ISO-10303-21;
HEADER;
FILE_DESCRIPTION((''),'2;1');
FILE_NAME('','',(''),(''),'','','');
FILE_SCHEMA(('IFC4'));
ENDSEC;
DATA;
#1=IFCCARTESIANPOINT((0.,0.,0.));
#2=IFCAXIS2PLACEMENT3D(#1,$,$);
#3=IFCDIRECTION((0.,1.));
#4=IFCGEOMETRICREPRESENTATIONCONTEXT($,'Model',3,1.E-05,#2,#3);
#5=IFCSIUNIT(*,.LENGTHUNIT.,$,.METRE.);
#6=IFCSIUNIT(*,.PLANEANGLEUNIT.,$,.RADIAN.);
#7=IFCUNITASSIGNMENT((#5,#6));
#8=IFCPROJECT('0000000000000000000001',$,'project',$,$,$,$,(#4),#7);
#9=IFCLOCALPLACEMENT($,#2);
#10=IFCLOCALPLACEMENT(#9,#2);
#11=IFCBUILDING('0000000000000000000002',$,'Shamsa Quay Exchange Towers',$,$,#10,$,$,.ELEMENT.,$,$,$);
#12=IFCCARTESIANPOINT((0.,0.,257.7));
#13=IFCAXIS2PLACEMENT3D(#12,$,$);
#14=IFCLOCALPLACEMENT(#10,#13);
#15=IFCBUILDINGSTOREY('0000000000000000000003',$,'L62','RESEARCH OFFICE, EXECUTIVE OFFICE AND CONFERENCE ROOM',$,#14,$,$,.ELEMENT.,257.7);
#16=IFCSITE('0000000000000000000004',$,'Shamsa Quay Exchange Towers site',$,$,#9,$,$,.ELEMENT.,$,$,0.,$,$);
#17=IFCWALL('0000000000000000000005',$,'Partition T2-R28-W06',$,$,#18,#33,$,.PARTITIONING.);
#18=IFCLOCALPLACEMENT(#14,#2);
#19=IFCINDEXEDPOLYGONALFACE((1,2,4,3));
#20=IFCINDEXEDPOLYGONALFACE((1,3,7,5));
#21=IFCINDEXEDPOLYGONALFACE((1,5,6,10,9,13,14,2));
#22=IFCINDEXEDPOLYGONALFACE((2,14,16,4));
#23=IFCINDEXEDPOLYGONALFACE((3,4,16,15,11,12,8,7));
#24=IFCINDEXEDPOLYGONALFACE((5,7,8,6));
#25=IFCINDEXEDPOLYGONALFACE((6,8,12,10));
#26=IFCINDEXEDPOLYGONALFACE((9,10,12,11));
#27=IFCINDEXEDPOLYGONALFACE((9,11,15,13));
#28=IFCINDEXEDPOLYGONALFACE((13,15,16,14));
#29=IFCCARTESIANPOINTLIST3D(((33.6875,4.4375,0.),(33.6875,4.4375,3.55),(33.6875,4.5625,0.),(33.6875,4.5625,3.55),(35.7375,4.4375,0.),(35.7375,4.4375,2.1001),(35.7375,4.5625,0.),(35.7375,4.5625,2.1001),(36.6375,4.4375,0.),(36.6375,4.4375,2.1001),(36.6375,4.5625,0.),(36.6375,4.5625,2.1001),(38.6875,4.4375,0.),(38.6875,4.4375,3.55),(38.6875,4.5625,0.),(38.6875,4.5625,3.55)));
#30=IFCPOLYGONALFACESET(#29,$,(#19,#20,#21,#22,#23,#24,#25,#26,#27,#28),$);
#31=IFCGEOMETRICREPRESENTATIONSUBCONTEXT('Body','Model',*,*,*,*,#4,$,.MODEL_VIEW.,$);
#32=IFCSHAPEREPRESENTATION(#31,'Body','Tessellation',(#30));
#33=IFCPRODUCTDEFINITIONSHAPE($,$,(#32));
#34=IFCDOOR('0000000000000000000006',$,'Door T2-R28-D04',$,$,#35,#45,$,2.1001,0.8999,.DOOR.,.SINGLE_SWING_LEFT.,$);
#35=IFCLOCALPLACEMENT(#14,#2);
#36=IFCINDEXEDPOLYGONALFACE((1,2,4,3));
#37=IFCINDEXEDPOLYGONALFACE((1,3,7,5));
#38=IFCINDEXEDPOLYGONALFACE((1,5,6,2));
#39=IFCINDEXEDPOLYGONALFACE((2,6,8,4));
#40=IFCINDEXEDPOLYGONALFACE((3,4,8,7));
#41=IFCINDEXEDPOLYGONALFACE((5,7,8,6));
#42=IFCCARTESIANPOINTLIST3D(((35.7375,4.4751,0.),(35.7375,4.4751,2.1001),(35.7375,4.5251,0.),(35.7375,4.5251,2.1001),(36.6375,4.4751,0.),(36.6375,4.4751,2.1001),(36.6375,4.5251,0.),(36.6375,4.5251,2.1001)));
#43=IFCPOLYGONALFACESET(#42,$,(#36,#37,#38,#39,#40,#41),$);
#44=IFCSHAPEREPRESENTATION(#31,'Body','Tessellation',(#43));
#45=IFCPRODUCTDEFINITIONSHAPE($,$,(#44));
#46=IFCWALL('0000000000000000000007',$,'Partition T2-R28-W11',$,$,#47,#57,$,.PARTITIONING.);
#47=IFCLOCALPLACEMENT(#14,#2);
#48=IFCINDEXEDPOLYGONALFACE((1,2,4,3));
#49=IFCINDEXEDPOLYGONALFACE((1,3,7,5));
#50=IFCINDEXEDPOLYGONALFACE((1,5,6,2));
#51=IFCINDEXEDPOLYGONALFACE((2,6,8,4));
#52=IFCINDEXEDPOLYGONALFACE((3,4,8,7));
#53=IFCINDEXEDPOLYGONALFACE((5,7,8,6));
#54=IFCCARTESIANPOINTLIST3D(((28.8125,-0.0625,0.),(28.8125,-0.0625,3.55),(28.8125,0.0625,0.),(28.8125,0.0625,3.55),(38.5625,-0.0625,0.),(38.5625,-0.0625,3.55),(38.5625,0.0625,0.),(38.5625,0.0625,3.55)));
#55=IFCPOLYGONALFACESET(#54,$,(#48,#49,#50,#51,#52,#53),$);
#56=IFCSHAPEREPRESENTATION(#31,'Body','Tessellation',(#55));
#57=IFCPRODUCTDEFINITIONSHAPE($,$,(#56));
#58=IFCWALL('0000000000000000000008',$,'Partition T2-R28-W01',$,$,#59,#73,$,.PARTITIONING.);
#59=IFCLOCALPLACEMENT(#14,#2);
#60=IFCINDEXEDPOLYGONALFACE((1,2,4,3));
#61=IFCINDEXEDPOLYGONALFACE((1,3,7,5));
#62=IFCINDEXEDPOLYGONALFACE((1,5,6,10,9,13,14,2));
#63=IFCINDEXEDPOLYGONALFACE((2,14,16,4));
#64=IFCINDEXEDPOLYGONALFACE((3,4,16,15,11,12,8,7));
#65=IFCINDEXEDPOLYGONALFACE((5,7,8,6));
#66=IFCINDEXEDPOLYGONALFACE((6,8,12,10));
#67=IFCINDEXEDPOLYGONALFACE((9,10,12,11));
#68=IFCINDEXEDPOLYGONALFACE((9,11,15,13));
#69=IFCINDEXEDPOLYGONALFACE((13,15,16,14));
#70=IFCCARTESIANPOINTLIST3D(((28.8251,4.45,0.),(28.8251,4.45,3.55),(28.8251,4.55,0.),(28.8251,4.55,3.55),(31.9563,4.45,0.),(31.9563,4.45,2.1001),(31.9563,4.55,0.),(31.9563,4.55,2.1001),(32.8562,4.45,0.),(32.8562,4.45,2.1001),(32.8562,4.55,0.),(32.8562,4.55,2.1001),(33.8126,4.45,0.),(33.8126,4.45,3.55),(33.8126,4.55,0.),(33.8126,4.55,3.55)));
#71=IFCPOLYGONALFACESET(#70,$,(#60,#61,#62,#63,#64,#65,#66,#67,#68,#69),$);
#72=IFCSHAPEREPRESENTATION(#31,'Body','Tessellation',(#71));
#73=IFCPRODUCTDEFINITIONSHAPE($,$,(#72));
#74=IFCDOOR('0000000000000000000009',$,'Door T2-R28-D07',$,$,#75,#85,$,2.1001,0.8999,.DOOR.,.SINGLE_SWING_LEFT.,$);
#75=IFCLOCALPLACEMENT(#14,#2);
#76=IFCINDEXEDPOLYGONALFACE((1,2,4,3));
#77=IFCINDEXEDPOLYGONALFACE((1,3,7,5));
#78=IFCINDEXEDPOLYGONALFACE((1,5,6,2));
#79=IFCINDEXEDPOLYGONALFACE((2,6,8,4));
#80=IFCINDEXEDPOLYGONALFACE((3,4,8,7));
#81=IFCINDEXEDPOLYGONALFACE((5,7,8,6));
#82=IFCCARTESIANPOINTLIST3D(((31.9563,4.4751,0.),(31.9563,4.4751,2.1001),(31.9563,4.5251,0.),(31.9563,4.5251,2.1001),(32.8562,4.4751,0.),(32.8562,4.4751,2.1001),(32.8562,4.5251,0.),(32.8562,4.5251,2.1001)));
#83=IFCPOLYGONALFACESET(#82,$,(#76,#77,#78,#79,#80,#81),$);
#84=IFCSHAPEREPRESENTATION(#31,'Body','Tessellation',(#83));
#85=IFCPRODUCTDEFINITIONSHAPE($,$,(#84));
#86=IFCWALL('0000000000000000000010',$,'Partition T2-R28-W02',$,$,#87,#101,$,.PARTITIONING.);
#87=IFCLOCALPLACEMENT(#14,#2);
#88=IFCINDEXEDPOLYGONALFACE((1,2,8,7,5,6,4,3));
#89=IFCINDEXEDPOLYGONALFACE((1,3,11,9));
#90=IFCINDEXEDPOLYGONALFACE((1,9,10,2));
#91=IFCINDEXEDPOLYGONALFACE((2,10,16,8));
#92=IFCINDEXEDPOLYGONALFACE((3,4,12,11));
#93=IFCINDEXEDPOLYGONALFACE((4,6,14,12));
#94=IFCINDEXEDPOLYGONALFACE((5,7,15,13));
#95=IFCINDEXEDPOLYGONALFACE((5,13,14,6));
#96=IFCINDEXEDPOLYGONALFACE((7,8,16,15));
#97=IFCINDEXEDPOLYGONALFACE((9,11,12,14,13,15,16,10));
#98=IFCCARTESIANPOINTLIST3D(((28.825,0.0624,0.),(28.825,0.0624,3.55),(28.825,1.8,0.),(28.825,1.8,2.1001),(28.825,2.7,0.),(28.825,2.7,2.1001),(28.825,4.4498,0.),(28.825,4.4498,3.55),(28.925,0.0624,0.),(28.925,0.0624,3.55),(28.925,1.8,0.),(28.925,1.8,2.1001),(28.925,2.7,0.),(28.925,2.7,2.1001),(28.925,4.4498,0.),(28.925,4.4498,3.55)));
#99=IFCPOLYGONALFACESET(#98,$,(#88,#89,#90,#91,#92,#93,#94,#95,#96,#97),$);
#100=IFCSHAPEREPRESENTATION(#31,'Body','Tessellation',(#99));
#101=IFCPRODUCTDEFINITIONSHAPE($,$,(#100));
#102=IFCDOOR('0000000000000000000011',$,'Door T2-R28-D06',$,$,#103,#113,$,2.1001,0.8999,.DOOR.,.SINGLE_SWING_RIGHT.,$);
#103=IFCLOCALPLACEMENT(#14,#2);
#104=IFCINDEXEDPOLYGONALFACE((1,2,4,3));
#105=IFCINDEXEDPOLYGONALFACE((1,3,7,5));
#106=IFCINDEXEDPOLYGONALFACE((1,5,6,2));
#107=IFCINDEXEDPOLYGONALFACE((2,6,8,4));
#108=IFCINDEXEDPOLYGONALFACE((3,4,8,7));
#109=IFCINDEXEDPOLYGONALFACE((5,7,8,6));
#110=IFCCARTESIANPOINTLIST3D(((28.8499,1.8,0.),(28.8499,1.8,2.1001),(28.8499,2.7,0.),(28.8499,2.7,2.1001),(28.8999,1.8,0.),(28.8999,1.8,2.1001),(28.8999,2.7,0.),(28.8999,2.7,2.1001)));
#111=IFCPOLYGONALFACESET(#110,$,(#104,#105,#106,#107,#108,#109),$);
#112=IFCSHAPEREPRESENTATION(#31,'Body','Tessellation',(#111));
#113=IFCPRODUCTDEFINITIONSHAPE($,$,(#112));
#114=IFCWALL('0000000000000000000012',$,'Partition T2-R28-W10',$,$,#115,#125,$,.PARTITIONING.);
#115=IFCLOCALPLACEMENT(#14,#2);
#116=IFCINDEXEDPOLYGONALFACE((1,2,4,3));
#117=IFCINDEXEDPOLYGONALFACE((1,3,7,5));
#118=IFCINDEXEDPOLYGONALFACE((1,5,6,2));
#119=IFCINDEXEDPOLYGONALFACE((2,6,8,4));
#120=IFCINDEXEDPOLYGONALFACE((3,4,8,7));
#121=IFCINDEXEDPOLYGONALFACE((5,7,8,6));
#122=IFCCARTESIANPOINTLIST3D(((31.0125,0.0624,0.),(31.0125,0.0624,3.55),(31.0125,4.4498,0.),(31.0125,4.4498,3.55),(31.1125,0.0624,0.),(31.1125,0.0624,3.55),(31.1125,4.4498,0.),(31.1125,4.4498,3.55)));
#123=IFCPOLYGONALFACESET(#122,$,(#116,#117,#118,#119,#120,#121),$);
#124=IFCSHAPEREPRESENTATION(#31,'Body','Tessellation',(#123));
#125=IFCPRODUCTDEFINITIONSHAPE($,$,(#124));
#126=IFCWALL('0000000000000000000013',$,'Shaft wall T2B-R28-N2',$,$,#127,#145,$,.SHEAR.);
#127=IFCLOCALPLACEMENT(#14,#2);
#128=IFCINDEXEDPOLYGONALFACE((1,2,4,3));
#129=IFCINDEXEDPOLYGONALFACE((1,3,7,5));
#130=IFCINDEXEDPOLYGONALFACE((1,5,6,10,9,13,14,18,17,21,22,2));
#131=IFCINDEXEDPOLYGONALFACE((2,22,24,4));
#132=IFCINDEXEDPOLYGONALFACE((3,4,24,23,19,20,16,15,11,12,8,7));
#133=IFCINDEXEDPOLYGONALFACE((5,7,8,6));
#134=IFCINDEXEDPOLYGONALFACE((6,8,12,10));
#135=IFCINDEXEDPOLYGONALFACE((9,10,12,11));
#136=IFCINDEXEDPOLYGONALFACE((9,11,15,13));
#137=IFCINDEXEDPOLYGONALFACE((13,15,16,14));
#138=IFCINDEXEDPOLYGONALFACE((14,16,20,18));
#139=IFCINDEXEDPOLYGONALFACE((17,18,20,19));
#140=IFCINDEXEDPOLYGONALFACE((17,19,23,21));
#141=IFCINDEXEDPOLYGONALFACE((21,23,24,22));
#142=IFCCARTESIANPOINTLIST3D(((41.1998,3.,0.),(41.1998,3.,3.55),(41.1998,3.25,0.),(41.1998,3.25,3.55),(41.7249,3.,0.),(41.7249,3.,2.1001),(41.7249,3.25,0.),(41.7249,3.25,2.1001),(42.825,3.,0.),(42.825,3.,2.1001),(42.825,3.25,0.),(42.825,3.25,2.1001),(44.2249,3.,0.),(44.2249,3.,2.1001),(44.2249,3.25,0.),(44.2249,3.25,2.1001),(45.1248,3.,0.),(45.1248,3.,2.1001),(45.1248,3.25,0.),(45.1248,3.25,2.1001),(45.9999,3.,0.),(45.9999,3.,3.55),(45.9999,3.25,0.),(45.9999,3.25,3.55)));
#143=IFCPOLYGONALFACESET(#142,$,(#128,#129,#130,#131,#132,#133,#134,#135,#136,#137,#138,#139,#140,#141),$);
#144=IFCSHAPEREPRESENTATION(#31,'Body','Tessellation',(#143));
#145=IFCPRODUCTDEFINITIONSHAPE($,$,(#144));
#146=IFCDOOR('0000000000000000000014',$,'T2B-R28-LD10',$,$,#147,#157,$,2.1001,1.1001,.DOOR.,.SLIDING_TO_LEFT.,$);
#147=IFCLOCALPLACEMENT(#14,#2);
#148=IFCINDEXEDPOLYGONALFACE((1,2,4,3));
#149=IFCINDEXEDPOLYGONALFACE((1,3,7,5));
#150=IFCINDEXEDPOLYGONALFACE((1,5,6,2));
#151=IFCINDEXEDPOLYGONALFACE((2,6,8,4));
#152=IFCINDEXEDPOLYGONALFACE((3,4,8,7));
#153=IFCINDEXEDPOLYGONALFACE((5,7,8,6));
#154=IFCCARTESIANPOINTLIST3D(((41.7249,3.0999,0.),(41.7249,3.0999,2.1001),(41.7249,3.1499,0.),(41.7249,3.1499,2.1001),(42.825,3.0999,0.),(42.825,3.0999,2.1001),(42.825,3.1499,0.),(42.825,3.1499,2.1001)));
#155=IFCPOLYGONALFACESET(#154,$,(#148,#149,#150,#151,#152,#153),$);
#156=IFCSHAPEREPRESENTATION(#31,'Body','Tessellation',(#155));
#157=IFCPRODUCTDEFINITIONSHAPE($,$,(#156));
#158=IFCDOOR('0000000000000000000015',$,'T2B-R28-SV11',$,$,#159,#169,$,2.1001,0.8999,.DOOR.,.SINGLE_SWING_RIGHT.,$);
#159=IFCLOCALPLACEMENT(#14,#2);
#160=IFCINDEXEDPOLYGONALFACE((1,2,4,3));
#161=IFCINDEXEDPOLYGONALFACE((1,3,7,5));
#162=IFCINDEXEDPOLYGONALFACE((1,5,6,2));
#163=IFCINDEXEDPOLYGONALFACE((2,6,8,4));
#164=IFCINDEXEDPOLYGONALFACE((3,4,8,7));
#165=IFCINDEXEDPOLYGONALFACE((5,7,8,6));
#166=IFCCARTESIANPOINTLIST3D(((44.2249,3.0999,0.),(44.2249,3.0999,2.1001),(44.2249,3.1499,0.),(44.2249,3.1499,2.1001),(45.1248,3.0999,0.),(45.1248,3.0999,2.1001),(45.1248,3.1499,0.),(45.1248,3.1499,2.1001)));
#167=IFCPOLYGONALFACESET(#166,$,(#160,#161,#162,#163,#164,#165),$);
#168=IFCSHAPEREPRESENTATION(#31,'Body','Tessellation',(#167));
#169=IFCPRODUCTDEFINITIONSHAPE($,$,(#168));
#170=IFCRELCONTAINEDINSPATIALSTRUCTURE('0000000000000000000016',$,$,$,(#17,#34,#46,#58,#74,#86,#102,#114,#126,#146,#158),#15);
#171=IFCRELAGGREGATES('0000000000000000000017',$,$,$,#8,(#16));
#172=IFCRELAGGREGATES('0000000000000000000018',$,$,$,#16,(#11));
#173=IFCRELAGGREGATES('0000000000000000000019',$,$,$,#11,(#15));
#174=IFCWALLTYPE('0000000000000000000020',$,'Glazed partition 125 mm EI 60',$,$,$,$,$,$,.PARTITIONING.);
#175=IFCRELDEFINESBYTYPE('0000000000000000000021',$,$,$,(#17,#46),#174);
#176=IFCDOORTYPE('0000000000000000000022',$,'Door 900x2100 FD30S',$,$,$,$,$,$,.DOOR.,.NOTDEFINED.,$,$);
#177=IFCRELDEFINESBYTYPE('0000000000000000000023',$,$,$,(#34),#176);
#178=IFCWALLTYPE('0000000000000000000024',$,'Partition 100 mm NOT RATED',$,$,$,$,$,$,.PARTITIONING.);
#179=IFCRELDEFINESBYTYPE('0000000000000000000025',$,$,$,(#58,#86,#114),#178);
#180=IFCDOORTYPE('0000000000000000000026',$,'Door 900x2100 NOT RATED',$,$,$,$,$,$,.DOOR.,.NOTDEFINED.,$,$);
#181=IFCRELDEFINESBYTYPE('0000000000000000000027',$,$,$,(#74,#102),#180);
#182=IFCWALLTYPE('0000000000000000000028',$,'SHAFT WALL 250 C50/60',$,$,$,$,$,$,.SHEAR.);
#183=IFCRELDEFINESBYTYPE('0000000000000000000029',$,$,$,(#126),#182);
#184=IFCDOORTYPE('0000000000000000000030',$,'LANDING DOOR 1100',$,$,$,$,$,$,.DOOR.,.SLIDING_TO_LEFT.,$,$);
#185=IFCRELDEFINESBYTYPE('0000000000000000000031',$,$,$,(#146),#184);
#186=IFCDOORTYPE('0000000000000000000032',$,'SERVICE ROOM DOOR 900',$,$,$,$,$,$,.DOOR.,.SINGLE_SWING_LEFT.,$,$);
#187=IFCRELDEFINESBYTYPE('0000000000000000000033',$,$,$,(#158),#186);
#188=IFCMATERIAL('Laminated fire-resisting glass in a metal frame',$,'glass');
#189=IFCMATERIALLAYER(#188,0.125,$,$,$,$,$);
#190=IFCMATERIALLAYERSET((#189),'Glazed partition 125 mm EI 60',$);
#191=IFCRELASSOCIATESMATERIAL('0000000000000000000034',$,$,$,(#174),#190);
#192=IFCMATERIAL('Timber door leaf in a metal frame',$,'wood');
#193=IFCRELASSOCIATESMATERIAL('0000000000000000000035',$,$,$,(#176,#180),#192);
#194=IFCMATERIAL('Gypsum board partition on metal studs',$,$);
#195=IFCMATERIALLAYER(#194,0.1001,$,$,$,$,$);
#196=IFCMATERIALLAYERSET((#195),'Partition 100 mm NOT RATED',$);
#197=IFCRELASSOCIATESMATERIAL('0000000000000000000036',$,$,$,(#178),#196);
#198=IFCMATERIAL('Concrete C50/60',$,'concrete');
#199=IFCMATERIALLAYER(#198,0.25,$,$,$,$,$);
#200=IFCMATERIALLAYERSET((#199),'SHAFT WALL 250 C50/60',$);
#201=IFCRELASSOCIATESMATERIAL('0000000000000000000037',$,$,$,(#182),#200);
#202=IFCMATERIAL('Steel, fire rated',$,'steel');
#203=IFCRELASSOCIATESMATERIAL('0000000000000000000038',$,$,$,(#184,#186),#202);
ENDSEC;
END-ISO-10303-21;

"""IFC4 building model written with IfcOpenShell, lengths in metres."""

from ifc_helpers import new_model, si_unit, direction, frame, frame_2d, origin, place, context, subcontext, project, spatial, rectangle, extrude, material, layer, layer_set, type_object, element, fill, save


model = new_model("IFC4")

# Units and contexts
model_context = context("Model", 3, precision=1e-05, world=origin(), true_north=direction((0.0, 1.0)))
body_context = subcontext(model_context, "Body", "Model", "MODEL_VIEW")
ifc_project = project(units=[si_unit("LENGTHUNIT", "METRE"), si_unit("PLANEANGLEUNIT", "RADIAN")], contexts=[model_context])

# Site, building, storey
site_placement = place(None, origin())
site = spatial("IfcSite", under=ifc_project, at=site_placement, Name="Shamsa Quay Exchange Towers site", CompositionType="ELEMENT", RefElevation=0.0)
building_placement = place(site_placement, origin())
building = spatial("IfcBuilding", under=site, at=building_placement, Name="Shamsa Quay Exchange Towers", CompositionType="ELEMENT")
storey_placement = place(building_placement, frame((0.0, 0.0, 257.7)))
storey = spatial("IfcBuildingStorey", under=building, at=storey_placement, Name="L62", Description="RESEARCH OFFICE, EXECUTIVE OFFICE AND CONFERENCE ROOM", CompositionType="ELEMENT", Elevation=257.7)

# Shared definitions
ifc_material_1 = material(Name="Laminated fire-resisting glass in a metal frame", Category="glass")
ifc_layer_1 = layer(ifc_material_1, 0.125)
ifc_layer_set_1 = layer_set([ifc_layer_1], Name="Glazed partition 125 mm EI 60")
wall_type_1 = type_object("IfcWallType", Name="Glazed partition 125 mm EI 60", PredefinedType="PARTITIONING", material=ifc_layer_set_1)

# Wall, opening, door
wall_1_placement = place(storey_placement, frame((38.6875, 4.5, 0.0), z_axis=(0.0, 0.0, 1.0), x_axis=(-1.0, 0.0, 0.0)))
wall_1 = element("IfcWall", 1, at=wall_1_placement, inside=storey, type_object=wall_type_1, Name="Partition T2-R28-W06", PredefinedType="PARTITIONING", context=body_context, shape_type="SweptSolid", body=[
    extrude(rectangle(XDim=5.0, YDim=0.125, at=frame_2d((2.5, 0.0))), origin(), (0.0, 0.0, 1.0), 3.55),
])
opening_1_placement = place(wall_1_placement, frame((2.05, 0.0, 0.0)))
opening_1 = element("IfcOpeningElement", 2, at=opening_1_placement, cuts=wall_1, PredefinedType="OPENING", context=body_context, shape_type="SweptSolid", body=[
    extrude(rectangle(XDim=0.8999, YDim=2.1001, at=frame_2d((0.45, 1.05))), frame((0.0, 0.0725, 0.0), z_axis=(0.0, -1.0, 0.0), x_axis=(1.0, 0.0, 0.0)), (0.0, 0.0, 1.0), 0.145),
])
ifc_material_2 = material(Name="Timber door leaf in a metal frame", Category="wood")
door_type_1 = type_object("IfcDoorType", Name="Door 900x2100 FD30S", OperationType="NOTDEFINED", PredefinedType="DOOR", material=ifc_material_2)
door_1_placement = place(opening_1_placement, origin())
door_1 = element("IfcDoor", 3, at=door_1_placement, inside=storey, type_object=door_type_1, Name="Door T2-R28-D04", OperationType="SINGLE_SWING_LEFT", OverallHeight=2.1001, OverallWidth=0.8999, PredefinedType="DOOR", context=body_context, shape_type="SweptSolid", body=[
    extrude(rectangle(XDim=0.8999, YDim=2.1001, at=frame_2d((0.45, 1.05))), frame((0.0, 0.0249, 0.0), z_axis=(0.0, -1.0, 0.0), x_axis=(1.0, 0.0, 0.0)), (0.0, 0.0, 1.0), 0.05),
])
fill(opening_1, door_1)

# Wall
wall_2_placement = place(storey_placement, frame((28.8125, 0.0, 0.0)))
element("IfcWall", 4, at=wall_2_placement, inside=storey, type_object=wall_type_1, Name="Partition T2-R28-W11", PredefinedType="PARTITIONING", context=body_context, shape_type="SweptSolid", body=[
    extrude(rectangle(XDim=9.75, YDim=0.125, at=frame_2d((4.875, 0.0))), origin(), (0.0, 0.0, 1.0), 3.55),
])

# Walls, openings, doors
ifc_material_3 = material(Name="Gypsum board partition on metal studs")
ifc_layer_2 = layer(ifc_material_3, 0.1001)
ifc_layer_set_2 = layer_set([ifc_layer_2], Name="Partition 100 mm NOT RATED")
wall_type_2 = type_object("IfcWallType", Name="Partition 100 mm NOT RATED", PredefinedType="PARTITIONING", material=ifc_layer_set_2)
wall_3_placement = place(storey_placement, frame((33.8125, 4.5, 0.0), z_axis=(0.0, 0.0, 1.0), x_axis=(-1.0, 0.0, 0.0)))
wall_3 = element("IfcWall", 5, at=wall_3_placement, inside=storey, type_object=wall_type_2, Name="Partition T2-R28-W01", PredefinedType="PARTITIONING", context=body_context, shape_type="SweptSolid", body=[
    extrude(rectangle(XDim=4.9875, YDim=0.1001, at=frame_2d((2.4937, 0.0))), origin(), (0.0, 0.0, 1.0), 3.55),
])
opening_2_placement = place(wall_3_placement, frame((0.9563, 0.0, 0.0)))
opening_2 = element("IfcOpeningElement", 6, at=opening_2_placement, cuts=wall_3, PredefinedType="OPENING", context=body_context, shape_type="SweptSolid", body=[
    extrude(rectangle(XDim=0.8999, YDim=2.1001, at=frame_2d((0.45, 1.05))), frame((0.0, 0.0601, 0.0), z_axis=(0.0, -1.0, 0.0), x_axis=(1.0, 0.0, 0.0)), (0.0, 0.0, 1.0), 0.1201),
])
door_type_2 = type_object("IfcDoorType", Name="Door 900x2100 NOT RATED", OperationType="NOTDEFINED", PredefinedType="DOOR", material=ifc_material_2)
door_2_placement = place(opening_2_placement, origin())
door_2 = element("IfcDoor", 7, at=door_2_placement, inside=storey, type_object=door_type_2, Name="Door T2-R28-D07", OperationType="SINGLE_SWING_LEFT", OverallHeight=2.1001, OverallWidth=0.8999, PredefinedType="DOOR", context=body_context, shape_type="SweptSolid", body=[
    extrude(rectangle(XDim=0.8999, YDim=2.1001, at=frame_2d((0.45, 1.05))), frame((0.0, 0.0249, 0.0), z_axis=(0.0, -1.0, 0.0), x_axis=(1.0, 0.0, 0.0)), (0.0, 0.0, 1.0), 0.05),
])
fill(opening_2, door_2)
wall_4_placement = place(storey_placement, frame((28.875, 4.45, 0.0), z_axis=(0.0, 0.0, 1.0), x_axis=(0.0, -1.0, 0.0)))
wall_4 = element("IfcWall", 8, at=wall_4_placement, inside=storey, type_object=wall_type_2, Name="Partition T2-R28-W02", PredefinedType="PARTITIONING", context=body_context, shape_type="SweptSolid", body=[
    extrude(rectangle(XDim=4.3875, YDim=0.1001, at=frame_2d((2.1938, 0.0))), origin(), (0.0, 0.0, 1.0), 3.55),
])
opening_3_placement = place(wall_4_placement, frame((1.75, 0.0, 0.0)))
opening_3 = element("IfcOpeningElement", 9, at=opening_3_placement, cuts=wall_4, PredefinedType="OPENING", context=body_context, shape_type="SweptSolid", body=[
    extrude(rectangle(XDim=0.8999, YDim=2.1001, at=frame_2d((0.45, 1.05))), frame((0.0, 0.0601, 0.0), z_axis=(0.0, -1.0, 0.0), x_axis=(1.0, 0.0, 0.0)), (0.0, 0.0, 1.0), 0.1201),
])
door_3_placement = place(opening_3_placement, origin())
door_3 = element("IfcDoor", 10, at=door_3_placement, inside=storey, type_object=door_type_2, Name="Door T2-R28-D06", OperationType="SINGLE_SWING_RIGHT", OverallHeight=2.1001, OverallWidth=0.8999, PredefinedType="DOOR", context=body_context, shape_type="SweptSolid", body=[
    extrude(rectangle(XDim=0.8999, YDim=2.1001, at=frame_2d((0.45, 1.05))), frame((0.0, 0.0249, 0.0), z_axis=(0.0, -1.0, 0.0), x_axis=(1.0, 0.0, 0.0)), (0.0, 0.0, 1.0), 0.05),
])
fill(opening_3, door_3)

# Wall
wall_5_placement = place(storey_placement, frame((31.0625, 4.45, 0.0), z_axis=(0.0, 0.0, 1.0), x_axis=(0.0, -1.0, 0.0)))
element("IfcWall", 11, at=wall_5_placement, inside=storey, type_object=wall_type_2, Name="Partition T2-R28-W10", PredefinedType="PARTITIONING", context=body_context, shape_type="SweptSolid", body=[
    extrude(rectangle(XDim=4.3875, YDim=0.1001, at=frame_2d((2.1938, 0.0))), origin(), (0.0, 0.0, 1.0), 3.55),
])

# Wall, openings, doors
ifc_material_4 = material(Name="Concrete C50/60", Category="concrete")
ifc_layer_3 = layer(ifc_material_4, 0.25)
ifc_layer_set_3 = layer_set([ifc_layer_3], Name="SHAFT WALL 250 C50/60")
wall_type_3 = type_object("IfcWallType", Name="SHAFT WALL 250 C50/60", PredefinedType="SHEAR", material=ifc_layer_set_3)
wall_6_placement = place(storey_placement, frame((41.2, 3.125, 0.0)))
wall_6 = element("IfcWall", 12, at=wall_6_placement, inside=storey, type_object=wall_type_3, Name="Shaft wall T2B-R28-N2", PredefinedType="SHEAR", context=body_context, shape_type="SweptSolid", body=[
    extrude(rectangle(XDim=4.8, YDim=0.25, at=frame_2d((2.3999, 0.0))), origin(), (0.0, 0.0, 1.0), 3.55),
])
opening_4_placement = place(wall_6_placement, frame((0.5249, 0.0, 0.0)))
opening_4 = element("IfcOpeningElement", 13, at=opening_4_placement, cuts=wall_6, PredefinedType="OPENING", context=body_context, shape_type="SweptSolid", body=[
    extrude(rectangle(XDim=1.1001, YDim=2.1001, at=frame_2d((0.55, 1.05))), frame((0.0, 0.135, 0.0), z_axis=(0.0, -1.0, 0.0), x_axis=(1.0, 0.0, 0.0)), (0.0, 0.0, 1.0), 0.27),
])
opening_5_placement = place(wall_6_placement, frame((3.0249, 0.0, 0.0)))
opening_5 = element("IfcOpeningElement", 14, at=opening_5_placement, cuts=wall_6, PredefinedType="OPENING", context=body_context, shape_type="SweptSolid", body=[
    extrude(rectangle(XDim=0.8999, YDim=2.1001, at=frame_2d((0.45, 1.05))), frame((0.0, 0.135, 0.0), z_axis=(0.0, -1.0, 0.0), x_axis=(1.0, 0.0, 0.0)), (0.0, 0.0, 1.0), 0.27),
])
ifc_material_5 = material(Name="Steel, fire rated", Category="steel")
door_type_3 = type_object("IfcDoorType", Name="LANDING DOOR 1100", OperationType="SLIDING_TO_LEFT", PredefinedType="DOOR", material=ifc_material_5)
door_4_placement = place(opening_4_placement, origin())
door_4 = element("IfcDoor", 15, at=door_4_placement, inside=storey, type_object=door_type_3, Name="T2B-R28-LD10", OperationType="SLIDING_TO_LEFT", OverallHeight=2.1001, OverallWidth=1.1001, PredefinedType="DOOR", context=body_context, shape_type="SweptSolid", body=[
    extrude(rectangle(XDim=1.1001, YDim=2.1001, at=frame_2d((0.55, 1.05))), frame((0.0, 0.0249, 0.0), z_axis=(0.0, -1.0, 0.0), x_axis=(1.0, 0.0, 0.0)), (0.0, 0.0, 1.0), 0.05),
])
fill(opening_4, door_4)
door_type_4 = type_object("IfcDoorType", Name="SERVICE ROOM DOOR 900", OperationType="SINGLE_SWING_LEFT", PredefinedType="DOOR", material=ifc_material_5)
door_5_placement = place(opening_5_placement, origin())
door_5 = element("IfcDoor", 16, at=door_5_placement, inside=storey, type_object=door_type_4, Name="T2B-R28-SV11", OperationType="SINGLE_SWING_RIGHT", OverallHeight=2.1001, OverallWidth=0.8999, PredefinedType="DOOR", context=body_context, shape_type="SweptSolid", body=[
    extrude(rectangle(XDim=0.8999, YDim=2.1001, at=frame_2d((0.45, 1.05))), frame((0.0, 0.0249, 0.0), z_axis=(0.0, -1.0, 0.0), x_axis=(1.0, 0.0, 0.0)), (0.0, 0.0, 1.0), 0.05),
])
fill(opening_5, door_5)

save(model, "model.ifc")
